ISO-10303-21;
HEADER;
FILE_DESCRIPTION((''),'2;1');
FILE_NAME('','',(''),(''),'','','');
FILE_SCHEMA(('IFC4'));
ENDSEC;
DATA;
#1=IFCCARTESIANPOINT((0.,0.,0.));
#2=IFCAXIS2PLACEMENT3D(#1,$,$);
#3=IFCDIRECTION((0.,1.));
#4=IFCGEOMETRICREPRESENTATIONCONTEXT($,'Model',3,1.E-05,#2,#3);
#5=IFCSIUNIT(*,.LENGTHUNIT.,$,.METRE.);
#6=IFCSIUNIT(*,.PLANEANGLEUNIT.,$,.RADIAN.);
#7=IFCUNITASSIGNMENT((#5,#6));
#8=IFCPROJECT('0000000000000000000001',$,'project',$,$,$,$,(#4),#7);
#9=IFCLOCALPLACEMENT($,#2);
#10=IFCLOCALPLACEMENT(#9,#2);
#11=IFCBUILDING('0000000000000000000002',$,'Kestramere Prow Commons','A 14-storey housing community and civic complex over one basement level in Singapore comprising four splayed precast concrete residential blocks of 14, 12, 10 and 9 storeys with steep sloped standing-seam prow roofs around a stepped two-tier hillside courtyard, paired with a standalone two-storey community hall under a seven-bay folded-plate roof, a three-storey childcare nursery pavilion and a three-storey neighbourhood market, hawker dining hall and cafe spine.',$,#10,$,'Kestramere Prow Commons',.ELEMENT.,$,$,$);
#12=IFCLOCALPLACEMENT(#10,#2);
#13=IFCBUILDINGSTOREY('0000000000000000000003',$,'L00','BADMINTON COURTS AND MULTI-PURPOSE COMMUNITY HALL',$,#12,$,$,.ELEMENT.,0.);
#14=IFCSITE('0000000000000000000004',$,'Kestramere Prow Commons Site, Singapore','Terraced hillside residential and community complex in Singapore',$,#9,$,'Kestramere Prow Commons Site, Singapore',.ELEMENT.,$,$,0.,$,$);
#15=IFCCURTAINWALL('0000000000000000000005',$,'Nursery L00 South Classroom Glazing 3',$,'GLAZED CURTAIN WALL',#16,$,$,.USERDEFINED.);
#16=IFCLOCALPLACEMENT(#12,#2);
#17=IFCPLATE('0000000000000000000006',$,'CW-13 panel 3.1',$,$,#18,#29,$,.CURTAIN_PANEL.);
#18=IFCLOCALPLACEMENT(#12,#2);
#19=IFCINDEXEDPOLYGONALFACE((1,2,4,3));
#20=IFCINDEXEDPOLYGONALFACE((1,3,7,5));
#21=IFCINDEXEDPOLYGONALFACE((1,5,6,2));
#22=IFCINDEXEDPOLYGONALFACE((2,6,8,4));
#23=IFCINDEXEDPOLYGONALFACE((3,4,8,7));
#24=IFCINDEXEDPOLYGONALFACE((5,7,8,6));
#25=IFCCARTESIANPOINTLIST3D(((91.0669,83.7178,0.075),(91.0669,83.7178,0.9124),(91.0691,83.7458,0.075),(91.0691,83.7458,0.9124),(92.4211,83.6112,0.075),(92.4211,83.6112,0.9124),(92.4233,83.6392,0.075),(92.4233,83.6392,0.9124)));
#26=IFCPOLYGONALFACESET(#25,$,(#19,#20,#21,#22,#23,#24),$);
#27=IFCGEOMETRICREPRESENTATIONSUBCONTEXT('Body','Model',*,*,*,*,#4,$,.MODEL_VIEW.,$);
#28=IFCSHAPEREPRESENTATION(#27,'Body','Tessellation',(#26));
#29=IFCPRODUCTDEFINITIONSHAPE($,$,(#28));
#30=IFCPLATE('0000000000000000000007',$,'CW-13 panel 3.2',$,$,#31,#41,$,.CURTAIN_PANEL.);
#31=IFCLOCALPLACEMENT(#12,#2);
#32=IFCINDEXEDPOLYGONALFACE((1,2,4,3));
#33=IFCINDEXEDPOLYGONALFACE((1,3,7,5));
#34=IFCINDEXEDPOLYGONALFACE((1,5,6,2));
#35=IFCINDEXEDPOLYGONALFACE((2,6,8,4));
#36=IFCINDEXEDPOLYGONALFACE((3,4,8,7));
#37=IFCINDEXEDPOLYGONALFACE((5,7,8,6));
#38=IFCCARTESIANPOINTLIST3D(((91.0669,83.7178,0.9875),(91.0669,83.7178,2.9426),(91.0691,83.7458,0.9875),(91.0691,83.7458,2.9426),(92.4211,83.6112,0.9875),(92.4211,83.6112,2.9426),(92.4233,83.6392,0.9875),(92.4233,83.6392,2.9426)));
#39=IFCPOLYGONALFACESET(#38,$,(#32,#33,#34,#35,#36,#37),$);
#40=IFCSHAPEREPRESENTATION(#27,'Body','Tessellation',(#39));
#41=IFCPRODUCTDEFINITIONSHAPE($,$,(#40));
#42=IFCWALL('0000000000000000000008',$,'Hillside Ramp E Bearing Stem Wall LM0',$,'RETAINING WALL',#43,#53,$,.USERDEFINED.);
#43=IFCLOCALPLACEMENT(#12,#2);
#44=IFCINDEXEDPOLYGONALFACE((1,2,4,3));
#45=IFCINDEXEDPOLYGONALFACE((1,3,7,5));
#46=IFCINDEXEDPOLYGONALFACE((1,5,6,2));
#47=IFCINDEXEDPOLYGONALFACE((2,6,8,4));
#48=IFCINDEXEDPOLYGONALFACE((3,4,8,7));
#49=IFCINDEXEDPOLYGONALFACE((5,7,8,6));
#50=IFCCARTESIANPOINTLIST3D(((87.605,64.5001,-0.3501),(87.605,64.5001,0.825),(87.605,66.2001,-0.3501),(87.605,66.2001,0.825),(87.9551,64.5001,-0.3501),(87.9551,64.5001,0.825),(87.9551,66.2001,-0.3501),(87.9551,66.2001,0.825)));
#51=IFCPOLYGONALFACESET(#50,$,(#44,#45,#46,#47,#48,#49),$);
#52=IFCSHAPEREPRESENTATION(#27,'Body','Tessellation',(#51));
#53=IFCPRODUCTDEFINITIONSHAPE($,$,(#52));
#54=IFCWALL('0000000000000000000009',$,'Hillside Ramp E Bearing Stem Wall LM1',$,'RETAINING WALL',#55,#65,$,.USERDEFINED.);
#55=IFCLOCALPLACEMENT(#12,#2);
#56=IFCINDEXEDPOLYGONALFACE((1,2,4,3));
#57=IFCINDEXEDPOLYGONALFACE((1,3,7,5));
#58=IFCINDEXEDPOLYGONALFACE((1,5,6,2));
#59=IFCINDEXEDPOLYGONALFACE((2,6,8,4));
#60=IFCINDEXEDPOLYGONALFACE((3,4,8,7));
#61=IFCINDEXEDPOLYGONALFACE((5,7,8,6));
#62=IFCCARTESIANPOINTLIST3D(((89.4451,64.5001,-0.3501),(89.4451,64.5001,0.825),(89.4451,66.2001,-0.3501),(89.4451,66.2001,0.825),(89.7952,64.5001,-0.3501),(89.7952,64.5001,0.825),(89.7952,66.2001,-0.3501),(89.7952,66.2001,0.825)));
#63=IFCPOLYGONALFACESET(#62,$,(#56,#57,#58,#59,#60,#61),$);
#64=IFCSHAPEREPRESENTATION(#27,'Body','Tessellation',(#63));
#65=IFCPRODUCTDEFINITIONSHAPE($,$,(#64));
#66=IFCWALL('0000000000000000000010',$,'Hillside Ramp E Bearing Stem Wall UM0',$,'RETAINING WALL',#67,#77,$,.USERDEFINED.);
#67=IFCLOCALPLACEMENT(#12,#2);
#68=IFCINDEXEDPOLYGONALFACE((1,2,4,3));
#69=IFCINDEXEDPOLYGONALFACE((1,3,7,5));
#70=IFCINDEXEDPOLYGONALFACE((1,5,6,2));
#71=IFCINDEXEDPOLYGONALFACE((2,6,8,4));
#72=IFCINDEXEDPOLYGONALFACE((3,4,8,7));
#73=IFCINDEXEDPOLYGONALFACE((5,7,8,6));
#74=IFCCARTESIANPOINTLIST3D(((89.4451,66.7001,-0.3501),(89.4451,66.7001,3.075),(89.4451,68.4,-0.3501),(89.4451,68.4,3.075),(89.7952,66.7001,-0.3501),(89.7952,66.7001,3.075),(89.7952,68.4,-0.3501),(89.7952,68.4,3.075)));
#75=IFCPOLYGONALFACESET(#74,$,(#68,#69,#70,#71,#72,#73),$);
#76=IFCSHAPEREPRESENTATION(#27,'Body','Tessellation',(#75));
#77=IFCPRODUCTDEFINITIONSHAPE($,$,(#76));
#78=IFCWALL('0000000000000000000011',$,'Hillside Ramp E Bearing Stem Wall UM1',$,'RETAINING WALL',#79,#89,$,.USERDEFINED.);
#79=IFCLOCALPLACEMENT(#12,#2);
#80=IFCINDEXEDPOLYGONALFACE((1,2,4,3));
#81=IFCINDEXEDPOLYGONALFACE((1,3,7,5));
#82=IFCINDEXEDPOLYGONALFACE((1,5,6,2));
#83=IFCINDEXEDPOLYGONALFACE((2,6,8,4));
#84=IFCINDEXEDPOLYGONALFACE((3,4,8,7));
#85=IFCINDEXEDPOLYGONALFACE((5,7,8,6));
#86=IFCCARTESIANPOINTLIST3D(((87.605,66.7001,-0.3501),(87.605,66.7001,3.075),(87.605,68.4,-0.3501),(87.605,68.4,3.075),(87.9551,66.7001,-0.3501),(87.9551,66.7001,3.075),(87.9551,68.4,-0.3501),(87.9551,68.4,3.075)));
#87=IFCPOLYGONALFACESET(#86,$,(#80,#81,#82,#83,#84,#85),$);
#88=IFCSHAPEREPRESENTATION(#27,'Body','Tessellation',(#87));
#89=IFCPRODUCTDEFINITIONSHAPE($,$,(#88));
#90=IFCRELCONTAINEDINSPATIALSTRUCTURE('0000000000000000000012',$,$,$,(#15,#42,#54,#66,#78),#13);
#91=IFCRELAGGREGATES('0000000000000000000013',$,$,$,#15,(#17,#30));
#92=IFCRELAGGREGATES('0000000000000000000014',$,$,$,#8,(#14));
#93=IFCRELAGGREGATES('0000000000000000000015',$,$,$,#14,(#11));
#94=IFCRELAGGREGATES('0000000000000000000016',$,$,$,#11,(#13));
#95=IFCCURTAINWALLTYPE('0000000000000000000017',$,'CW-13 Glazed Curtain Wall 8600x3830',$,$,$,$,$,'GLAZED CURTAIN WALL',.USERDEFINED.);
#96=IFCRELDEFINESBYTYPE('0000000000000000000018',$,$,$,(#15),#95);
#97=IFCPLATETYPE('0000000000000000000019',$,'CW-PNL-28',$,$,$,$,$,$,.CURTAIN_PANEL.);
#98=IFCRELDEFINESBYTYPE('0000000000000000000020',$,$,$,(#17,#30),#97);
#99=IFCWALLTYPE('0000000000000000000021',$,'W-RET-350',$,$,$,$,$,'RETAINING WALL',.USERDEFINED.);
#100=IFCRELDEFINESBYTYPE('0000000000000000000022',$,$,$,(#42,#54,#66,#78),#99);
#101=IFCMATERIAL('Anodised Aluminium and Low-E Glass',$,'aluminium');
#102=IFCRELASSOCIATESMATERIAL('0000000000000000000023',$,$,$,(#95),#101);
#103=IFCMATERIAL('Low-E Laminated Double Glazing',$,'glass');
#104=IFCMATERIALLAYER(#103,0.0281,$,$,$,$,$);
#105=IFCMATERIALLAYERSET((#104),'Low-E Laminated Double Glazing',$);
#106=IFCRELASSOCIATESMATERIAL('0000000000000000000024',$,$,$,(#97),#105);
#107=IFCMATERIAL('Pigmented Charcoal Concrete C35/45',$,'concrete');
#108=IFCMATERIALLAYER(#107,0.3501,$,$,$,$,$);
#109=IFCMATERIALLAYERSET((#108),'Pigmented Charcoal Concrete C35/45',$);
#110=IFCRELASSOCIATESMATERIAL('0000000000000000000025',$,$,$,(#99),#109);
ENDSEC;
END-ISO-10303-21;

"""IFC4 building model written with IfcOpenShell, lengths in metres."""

from ifc_helpers import new_model, si_unit, direction, frame, frame_2d, origin, origin_2d, place, context, subcontext, project, spatial, rectangle, extrude, material, layer, layer_set, type_object, element, aggregate, save


model = new_model("IFC4")

# Units and contexts
model_context = context("Model", 3, precision=1e-05, world=origin(), true_north=direction((0.0, 1.0)))
body_context = subcontext(model_context, "Body", "Model", "MODEL_VIEW")
ifc_project = project(units=[si_unit("LENGTHUNIT", "METRE"), si_unit("PLANEANGLEUNIT", "RADIAN")], contexts=[model_context])

# Site, building, storey
site_placement = place(None, origin())
site = spatial("IfcSite", under=ifc_project, at=site_placement, Name="Kestramere Prow Commons Site, Singapore", Description="Terraced hillside residential and community complex in Singapore", LongName="Kestramere Prow Commons Site, Singapore", CompositionType="ELEMENT", RefElevation=0.0)
building_placement = place(site_placement, origin())
building = spatial("IfcBuilding", under=site, at=building_placement, Name="Kestramere Prow Commons", Description="A 14-storey housing community and civic complex over one basement level in Singapore comprising four splayed precast concrete residential blocks of 14, 12, 10 and 9 storeys with steep sloped standing-seam prow roofs around a stepped two-tier hillside courtyard, paired with a standalone two-storey community hall under a seven-bay folded-plate roof, a three-storey childcare nursery pavilion and a three-storey neighbourhood market, hawker dining hall and cafe spine.", LongName="Kestramere Prow Commons", CompositionType="ELEMENT")
storey_placement = place(building_placement, origin())
storey = spatial("IfcBuildingStorey", under=building, at=storey_placement, Name="L00", Description="BADMINTON COURTS AND MULTI-PURPOSE COMMUNITY HALL", CompositionType="ELEMENT", Elevation=0.0)

# Curtain wall
ifc_material_1 = material(Name="Anodised Aluminium and Low-E Glass", Category="aluminium")
curtain_wall_type = type_object("IfcCurtainWallType", Name="CW-13 Glazed Curtain Wall 8600x3830", ElementType="GLAZED CURTAIN WALL", PredefinedType="USERDEFINED", material=ifc_material_1)
curtain_wall_placement = place(storey_placement, origin())
curtain_wall = element("IfcCurtainWall", 1, at=curtain_wall_placement, inside=storey, type_object=curtain_wall_type, Name="Nursery L00 South Classroom Glazing 3", ObjectType="GLAZED CURTAIN WALL", PredefinedType="USERDEFINED")

# Plates
ifc_material_2 = material(Name="Low-E Laminated Double Glazing", Category="glass")
ifc_layer_1 = layer(ifc_material_2, 0.0281)
ifc_layer_set_1 = layer_set([ifc_layer_1], Name="Low-E Laminated Double Glazing")
plate_type = type_object("IfcPlateType", Name="CW-PNL-28", PredefinedType="CURTAIN_PANEL", material=ifc_layer_set_1)
plate_1_placement = place(storey_placement, frame((91.7451, 83.6785, 0.075), z_axis=(0.0, 0.0, 1.0), x_axis=(-0.996917, 0.078459, 0.0)))
plate_1 = element("IfcPlate", 2, at=plate_1_placement, type_object=plate_type, Name="CW-13 panel 3.1", PredefinedType="CURTAIN_PANEL", context=body_context, shape_type="SweptSolid", body=[
    extrude(rectangle(XDim=1.3584, YDim=0.0281, at=origin_2d()), origin(), (0.0, 0.0, 1.0), 0.8374),
])
plate_2_placement = place(storey_placement, frame((91.7451, 83.6785, 0.9875), z_axis=(0.0, 0.0, 1.0), x_axis=(-0.996917, 0.078459, 0.0)))
plate_2 = element("IfcPlate", 3, at=plate_2_placement, type_object=plate_type, Name="CW-13 panel 3.2", PredefinedType="CURTAIN_PANEL", context=body_context, shape_type="SweptSolid", body=[
    extrude(rectangle(XDim=1.3584, YDim=0.0281, at=origin_2d()), origin(), (0.0, 0.0, 1.0), 1.9551),
])
aggregate(curtain_wall, [plate_1, plate_2])

# Walls
ifc_material_3 = material(Name="Pigmented Charcoal Concrete C35/45", Category="concrete")
ifc_layer_2 = layer(ifc_material_3, 0.3501)
ifc_layer_set_2 = layer_set([ifc_layer_2], Name="Pigmented Charcoal Concrete C35/45")
wall_type = type_object("IfcWallType", Name="W-RET-350", ElementType="RETAINING WALL", PredefinedType="USERDEFINED", material=ifc_layer_set_2)
for number, where, z_axis, x_axis, name in (
    (4, (87.78, 64.5, -0.3501), (0.0, 0.0, 1.0), (0.0, 1.0, 0.0), "Hillside Ramp E Bearing Stem Wall LM0"),
    (5, (89.6201, 64.5, -0.3501), (0.0, 0.0, 1.0), (0.0, 1.0, 0.0), "Hillside Ramp E Bearing Stem Wall LM1"),
):
    element("IfcWall", number, at=place(storey_placement, frame(where, z_axis=z_axis, x_axis=x_axis)), inside=storey, type_object=wall_type, Name=name, ObjectType="RETAINING WALL", PredefinedType="USERDEFINED", context=body_context, shape_type="SweptSolid", body=[
        extrude(rectangle(XDim=1.7, YDim=0.3501, at=frame_2d((0.8501, 0.0))), origin(), (0.0, 0.0, 1.0), 1.175),
    ])
for number, where, z_axis, x_axis, name in (
    (6, (89.6201, 66.7, -0.3501), (0.0, 0.0, 1.0), (0.0, 1.0, 0.0), "Hillside Ramp E Bearing Stem Wall UM0"),
    (7, (87.78, 66.7, -0.3501), (0.0, 0.0, 1.0), (0.0, 1.0, 0.0), "Hillside Ramp E Bearing Stem Wall UM1"),
):
    element("IfcWall", number, at=place(storey_placement, frame(where, z_axis=z_axis, x_axis=x_axis)), inside=storey, type_object=wall_type, Name=name, ObjectType="RETAINING WALL", PredefinedType="USERDEFINED", context=body_context, shape_type="SweptSolid", body=[
        extrude(rectangle(XDim=1.7, YDim=0.3501, at=frame_2d((0.8501, 0.0))), origin(), (0.0, 0.0, 1.0), 3.425),
    ])

save(model, "model.ifc")
